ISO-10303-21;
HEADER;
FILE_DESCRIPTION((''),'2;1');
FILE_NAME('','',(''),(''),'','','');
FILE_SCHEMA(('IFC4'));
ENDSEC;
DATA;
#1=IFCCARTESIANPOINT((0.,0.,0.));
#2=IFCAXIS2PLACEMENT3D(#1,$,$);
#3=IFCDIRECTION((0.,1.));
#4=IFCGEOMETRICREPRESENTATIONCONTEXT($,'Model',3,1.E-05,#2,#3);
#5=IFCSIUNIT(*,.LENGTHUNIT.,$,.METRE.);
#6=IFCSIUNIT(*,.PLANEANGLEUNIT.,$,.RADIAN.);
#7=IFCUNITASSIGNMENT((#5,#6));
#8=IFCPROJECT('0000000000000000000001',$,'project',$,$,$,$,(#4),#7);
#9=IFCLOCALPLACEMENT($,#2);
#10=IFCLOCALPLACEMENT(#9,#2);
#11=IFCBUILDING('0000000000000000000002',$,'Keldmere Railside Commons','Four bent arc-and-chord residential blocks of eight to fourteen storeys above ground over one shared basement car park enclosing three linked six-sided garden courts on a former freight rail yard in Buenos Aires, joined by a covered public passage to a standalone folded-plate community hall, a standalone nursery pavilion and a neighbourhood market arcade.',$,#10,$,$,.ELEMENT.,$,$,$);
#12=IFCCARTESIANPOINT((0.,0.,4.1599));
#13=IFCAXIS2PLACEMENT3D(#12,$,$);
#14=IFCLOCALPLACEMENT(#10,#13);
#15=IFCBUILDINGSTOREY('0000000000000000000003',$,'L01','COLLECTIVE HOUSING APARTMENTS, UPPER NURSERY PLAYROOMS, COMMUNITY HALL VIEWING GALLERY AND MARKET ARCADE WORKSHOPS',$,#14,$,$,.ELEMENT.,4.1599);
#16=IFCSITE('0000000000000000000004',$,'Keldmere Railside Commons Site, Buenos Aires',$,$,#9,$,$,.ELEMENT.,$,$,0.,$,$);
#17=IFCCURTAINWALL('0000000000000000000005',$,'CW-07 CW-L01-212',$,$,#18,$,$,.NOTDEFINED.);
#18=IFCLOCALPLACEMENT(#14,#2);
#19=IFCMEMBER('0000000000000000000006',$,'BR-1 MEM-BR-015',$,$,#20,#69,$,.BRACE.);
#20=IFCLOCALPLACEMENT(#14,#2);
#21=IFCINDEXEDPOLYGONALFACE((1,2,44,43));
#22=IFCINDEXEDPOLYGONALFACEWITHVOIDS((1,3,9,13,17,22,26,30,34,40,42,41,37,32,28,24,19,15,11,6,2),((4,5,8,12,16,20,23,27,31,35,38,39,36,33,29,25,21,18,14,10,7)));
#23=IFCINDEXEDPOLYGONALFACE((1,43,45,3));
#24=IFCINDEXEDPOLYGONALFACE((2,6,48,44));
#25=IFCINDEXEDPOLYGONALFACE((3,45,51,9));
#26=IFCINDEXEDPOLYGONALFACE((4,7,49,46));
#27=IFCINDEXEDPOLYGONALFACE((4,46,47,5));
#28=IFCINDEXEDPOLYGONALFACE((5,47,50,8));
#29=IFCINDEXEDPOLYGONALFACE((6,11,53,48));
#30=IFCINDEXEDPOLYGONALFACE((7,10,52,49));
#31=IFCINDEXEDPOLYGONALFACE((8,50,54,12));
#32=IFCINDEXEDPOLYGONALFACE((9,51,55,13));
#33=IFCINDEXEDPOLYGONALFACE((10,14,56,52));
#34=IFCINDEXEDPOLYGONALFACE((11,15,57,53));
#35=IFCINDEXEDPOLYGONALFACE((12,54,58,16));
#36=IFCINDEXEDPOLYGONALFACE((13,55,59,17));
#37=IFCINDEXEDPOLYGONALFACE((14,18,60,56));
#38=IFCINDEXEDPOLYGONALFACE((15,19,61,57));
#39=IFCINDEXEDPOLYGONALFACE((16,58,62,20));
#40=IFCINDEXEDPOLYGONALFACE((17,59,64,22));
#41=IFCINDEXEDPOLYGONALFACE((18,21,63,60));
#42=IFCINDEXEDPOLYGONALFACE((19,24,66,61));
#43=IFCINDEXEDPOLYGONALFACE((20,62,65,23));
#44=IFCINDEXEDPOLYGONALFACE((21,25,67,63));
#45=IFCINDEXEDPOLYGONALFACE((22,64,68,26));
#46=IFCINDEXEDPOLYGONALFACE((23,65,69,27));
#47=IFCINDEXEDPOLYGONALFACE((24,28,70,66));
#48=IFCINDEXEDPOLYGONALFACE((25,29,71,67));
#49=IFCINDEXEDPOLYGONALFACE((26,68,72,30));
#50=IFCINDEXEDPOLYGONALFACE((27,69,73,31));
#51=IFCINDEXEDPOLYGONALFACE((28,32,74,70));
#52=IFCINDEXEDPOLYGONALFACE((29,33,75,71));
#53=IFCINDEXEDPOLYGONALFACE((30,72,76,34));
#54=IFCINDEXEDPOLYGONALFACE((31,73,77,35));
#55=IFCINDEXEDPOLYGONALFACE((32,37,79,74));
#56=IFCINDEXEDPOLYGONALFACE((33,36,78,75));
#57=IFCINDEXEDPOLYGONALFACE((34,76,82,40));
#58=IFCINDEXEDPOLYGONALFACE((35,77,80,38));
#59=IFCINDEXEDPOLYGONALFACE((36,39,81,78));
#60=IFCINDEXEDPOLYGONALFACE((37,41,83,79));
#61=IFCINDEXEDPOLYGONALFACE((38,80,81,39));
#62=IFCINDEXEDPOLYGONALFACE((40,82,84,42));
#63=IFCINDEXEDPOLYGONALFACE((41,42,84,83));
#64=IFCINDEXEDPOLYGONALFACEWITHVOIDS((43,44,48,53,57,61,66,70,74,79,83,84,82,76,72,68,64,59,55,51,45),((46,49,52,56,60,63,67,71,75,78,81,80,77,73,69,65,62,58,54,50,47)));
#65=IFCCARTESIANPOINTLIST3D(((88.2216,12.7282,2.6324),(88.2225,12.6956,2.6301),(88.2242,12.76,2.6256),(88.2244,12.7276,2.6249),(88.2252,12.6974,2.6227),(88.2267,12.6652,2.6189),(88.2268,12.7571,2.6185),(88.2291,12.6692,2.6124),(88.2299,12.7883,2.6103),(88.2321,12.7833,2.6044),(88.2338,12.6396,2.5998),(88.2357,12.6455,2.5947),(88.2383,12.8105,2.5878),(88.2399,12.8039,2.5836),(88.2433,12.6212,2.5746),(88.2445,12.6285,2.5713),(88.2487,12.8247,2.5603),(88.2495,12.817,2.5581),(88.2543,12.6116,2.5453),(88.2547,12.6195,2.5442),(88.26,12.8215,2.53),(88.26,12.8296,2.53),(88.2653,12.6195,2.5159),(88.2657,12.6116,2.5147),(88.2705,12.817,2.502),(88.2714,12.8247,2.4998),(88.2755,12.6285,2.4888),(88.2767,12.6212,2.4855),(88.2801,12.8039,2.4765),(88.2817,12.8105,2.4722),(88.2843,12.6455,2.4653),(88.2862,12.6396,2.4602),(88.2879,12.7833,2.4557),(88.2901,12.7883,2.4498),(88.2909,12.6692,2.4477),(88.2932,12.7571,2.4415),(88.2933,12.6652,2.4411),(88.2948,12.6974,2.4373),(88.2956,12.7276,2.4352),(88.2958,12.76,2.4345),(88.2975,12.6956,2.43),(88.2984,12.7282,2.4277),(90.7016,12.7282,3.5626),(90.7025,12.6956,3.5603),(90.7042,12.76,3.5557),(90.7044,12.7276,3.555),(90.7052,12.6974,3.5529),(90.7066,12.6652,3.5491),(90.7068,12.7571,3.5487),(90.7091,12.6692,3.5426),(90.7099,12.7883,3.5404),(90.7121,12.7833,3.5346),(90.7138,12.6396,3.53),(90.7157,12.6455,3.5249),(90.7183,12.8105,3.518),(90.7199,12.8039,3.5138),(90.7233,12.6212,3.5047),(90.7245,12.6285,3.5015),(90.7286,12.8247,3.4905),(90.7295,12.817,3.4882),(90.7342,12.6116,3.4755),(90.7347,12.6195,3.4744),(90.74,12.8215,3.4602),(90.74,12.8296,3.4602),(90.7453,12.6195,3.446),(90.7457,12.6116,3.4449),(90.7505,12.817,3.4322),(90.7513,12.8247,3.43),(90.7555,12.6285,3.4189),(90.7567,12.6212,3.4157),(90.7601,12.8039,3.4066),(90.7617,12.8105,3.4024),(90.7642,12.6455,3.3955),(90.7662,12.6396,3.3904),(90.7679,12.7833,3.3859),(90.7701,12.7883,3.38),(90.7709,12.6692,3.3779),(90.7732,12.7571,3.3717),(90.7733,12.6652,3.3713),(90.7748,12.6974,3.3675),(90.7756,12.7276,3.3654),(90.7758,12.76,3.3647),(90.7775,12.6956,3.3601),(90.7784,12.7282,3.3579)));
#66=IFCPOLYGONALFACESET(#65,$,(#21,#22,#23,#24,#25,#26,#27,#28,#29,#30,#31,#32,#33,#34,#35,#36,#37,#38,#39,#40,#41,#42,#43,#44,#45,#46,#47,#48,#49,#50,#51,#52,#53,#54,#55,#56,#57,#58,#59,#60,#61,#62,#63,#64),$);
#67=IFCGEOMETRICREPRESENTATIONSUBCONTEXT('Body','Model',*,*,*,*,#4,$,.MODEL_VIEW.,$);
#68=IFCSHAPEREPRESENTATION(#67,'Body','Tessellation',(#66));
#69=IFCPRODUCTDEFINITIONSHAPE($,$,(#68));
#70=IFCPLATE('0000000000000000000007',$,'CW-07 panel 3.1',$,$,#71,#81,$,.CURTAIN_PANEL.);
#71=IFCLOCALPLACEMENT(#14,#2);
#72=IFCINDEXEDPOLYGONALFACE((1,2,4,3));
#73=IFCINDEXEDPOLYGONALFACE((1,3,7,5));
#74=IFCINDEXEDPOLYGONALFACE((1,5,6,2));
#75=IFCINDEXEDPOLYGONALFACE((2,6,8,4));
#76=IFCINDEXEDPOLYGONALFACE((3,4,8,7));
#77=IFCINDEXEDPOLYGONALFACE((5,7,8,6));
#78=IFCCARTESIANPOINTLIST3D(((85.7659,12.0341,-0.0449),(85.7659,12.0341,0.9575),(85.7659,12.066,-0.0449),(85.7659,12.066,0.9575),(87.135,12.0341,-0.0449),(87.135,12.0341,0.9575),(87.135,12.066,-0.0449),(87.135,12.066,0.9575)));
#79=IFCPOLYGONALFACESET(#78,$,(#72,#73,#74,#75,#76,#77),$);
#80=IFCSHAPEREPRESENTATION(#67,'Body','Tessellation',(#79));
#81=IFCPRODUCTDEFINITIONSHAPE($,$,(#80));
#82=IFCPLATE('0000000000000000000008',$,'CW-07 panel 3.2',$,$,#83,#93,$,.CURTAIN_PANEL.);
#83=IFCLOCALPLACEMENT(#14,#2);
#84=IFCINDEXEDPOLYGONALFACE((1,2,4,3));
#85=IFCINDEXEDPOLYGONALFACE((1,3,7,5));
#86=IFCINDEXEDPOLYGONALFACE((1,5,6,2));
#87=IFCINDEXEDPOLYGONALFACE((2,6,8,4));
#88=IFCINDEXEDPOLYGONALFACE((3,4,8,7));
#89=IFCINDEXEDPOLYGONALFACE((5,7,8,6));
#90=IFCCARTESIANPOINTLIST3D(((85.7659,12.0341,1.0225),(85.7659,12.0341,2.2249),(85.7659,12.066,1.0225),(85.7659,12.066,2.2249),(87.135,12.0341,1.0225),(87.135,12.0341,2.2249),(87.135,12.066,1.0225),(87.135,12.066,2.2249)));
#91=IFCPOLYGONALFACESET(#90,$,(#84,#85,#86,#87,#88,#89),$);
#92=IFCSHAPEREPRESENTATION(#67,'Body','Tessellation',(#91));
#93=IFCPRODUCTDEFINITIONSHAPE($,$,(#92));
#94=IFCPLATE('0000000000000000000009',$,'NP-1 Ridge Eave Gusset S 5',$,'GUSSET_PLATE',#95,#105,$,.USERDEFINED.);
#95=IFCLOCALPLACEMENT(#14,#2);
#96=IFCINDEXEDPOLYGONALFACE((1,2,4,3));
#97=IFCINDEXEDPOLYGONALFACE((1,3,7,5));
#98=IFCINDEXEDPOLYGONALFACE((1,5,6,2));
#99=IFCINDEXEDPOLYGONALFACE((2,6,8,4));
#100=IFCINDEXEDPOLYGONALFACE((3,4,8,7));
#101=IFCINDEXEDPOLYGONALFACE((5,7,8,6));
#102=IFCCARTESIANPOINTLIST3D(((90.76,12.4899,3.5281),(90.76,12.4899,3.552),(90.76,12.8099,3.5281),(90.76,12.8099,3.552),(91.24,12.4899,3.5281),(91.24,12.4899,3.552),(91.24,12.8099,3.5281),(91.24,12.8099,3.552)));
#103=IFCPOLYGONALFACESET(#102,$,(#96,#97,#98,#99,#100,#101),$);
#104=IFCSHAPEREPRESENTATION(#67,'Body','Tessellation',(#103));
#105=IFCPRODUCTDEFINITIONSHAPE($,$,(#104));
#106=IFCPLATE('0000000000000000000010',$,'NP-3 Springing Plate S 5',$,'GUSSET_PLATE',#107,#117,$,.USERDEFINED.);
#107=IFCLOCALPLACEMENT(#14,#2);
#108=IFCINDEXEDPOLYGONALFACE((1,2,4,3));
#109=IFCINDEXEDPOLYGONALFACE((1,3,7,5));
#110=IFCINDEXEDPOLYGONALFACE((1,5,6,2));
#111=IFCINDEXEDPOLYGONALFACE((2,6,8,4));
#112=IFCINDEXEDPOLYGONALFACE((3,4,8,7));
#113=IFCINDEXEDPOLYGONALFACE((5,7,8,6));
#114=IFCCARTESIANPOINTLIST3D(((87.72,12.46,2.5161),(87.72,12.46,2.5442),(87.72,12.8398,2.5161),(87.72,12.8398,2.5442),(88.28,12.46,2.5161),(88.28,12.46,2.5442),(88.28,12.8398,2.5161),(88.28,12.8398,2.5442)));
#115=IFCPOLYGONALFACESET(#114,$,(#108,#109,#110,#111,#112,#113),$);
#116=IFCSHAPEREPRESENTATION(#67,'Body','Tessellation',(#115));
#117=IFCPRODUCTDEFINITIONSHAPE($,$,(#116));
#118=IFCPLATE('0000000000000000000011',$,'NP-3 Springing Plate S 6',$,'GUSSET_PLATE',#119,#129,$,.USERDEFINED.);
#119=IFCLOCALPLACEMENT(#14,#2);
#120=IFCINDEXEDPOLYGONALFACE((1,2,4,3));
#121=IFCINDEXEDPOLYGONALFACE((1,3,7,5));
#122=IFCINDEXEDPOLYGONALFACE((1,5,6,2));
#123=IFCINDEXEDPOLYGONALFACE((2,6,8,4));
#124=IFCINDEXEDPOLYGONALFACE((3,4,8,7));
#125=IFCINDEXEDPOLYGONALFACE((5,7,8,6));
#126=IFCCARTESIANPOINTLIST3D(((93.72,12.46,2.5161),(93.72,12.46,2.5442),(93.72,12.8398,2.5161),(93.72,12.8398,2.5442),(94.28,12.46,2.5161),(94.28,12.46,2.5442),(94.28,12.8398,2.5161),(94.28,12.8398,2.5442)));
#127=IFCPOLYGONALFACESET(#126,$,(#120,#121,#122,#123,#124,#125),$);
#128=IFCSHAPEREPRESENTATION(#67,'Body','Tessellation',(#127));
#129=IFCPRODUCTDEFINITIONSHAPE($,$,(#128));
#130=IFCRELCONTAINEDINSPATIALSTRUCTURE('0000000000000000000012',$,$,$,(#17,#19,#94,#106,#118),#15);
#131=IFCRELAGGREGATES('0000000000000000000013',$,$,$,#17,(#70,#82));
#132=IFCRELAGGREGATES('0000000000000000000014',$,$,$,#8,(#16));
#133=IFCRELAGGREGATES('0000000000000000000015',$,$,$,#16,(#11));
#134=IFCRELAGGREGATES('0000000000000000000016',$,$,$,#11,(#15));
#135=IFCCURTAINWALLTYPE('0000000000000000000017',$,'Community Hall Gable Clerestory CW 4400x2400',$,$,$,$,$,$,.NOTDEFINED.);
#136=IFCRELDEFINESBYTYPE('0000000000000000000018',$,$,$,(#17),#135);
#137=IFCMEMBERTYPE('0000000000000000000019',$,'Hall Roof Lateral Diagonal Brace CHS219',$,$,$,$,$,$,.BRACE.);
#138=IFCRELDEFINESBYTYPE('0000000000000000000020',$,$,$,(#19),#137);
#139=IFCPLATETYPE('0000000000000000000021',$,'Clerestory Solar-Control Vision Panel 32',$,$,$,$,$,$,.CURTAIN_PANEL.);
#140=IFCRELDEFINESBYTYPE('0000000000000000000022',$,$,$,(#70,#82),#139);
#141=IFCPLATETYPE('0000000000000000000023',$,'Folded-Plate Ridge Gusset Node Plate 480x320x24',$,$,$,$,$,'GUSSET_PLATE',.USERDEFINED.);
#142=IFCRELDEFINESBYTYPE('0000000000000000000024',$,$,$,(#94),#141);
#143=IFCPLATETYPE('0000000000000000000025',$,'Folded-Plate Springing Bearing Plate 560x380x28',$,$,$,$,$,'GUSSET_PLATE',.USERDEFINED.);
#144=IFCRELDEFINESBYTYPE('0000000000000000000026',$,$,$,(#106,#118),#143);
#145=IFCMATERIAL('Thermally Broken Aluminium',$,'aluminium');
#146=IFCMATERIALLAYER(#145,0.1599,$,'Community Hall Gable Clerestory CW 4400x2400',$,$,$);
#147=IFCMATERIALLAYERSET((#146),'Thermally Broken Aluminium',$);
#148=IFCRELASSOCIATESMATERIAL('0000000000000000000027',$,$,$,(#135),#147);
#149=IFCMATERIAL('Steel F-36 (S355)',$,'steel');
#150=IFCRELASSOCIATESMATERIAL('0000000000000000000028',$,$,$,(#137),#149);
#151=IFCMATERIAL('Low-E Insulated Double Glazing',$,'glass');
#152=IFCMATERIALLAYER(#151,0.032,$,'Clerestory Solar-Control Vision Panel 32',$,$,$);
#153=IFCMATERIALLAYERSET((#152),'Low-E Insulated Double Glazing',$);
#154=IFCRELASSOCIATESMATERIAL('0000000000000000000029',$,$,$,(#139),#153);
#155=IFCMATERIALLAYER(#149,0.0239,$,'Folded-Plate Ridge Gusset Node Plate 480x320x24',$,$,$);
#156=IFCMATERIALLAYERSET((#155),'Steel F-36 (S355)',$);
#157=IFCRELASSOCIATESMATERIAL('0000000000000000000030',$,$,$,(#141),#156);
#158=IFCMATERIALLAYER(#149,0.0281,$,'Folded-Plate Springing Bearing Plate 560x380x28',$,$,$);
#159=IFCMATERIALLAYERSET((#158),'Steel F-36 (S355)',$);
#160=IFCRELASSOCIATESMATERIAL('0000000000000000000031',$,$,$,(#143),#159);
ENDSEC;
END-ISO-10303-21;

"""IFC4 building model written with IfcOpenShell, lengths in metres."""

from ifc_helpers import new_model, si_unit, direction, frame, origin, origin_2d, place, context, subcontext, project, spatial, rectangle, hollow_circle, extrude, material, layer, layer_set, material_profile, profile_set, type_object, element, aggregate, save


model = new_model("IFC4")

# Units and contexts
model_context = context("Model", 3, precision=1e-05, world=origin(), true_north=direction((0.0, 1.0)))
body_context = subcontext(model_context, "Body", "Model", "MODEL_VIEW")
ifc_project = project(units=[si_unit("LENGTHUNIT", "METRE"), si_unit("PLANEANGLEUNIT", "RADIAN")], contexts=[model_context])

# Site, building, storey
site_placement = place(None, origin())
site = spatial("IfcSite", under=ifc_project, at=site_placement, Name="Keldmere Railside Commons Site, Buenos Aires", CompositionType="ELEMENT", RefElevation=0.0)
building_placement = place(site_placement, origin())
building = spatial("IfcBuilding", under=site, at=building_placement, Name="Keldmere Railside Commons", Description="Four bent arc-and-chord residential blocks of eight to fourteen storeys above ground over one shared basement car park enclosing three linked six-sided garden courts on a former freight rail yard in Buenos Aires, joined by a covered public passage to a standalone folded-plate community hall, a standalone nursery pavilion and a neighbourhood market arcade.", CompositionType="ELEMENT")
storey_placement = place(building_placement, frame((0.0, 0.0, 4.1599)))
storey = spatial("IfcBuildingStorey", under=building, at=storey_placement, Name="L01", Description="COLLECTIVE HOUSING APARTMENTS, UPPER NURSERY PLAYROOMS, COMMUNITY HALL VIEWING GALLERY AND MARKET ARCADE WORKSHOPS", CompositionType="ELEMENT", Elevation=4.1599)

# Curtain wall
ifc_material_1 = material(Name="Thermally Broken Aluminium", Category="aluminium")
ifc_layer_1 = layer(ifc_material_1, 0.1599, Name="Community Hall Gable Clerestory CW 4400x2400")
ifc_layer_set_1 = layer_set([ifc_layer_1], Name="Thermally Broken Aluminium")
curtain_wall_type = type_object("IfcCurtainWallType", Name="Community Hall Gable Clerestory CW 4400x2400", PredefinedType="NOTDEFINED", material=ifc_layer_set_1)
curtain_wall_placement = place(storey_placement, origin())
curtain_wall = element("IfcCurtainWall", 1, at=curtain_wall_placement, inside=storey, type_object=curtain_wall_type, Name="CW-07 CW-L01-212", PredefinedType="NOTDEFINED")

# Shared definitions
ifc_material_2 = material(Name="Steel F-36 (S355)", Category="steel")

# Member
ifc_material_profile_1 = material_profile(ifc_material_2, hollow_circle(Radius=0.1096, WallThickness=0.0081, at=origin_2d()), Name="CHS-219x8")
ifc_profile_set_1 = profile_set([ifc_material_profile_1], Name="Steel F-36 (S355)")
member_type_1 = type_object("IfcMemberType", Name="Hall Roof Lateral Diagonal Brace CHS219", PredefinedType="BRACE", material=ifc_profile_set_1)
member_1_placement = place(storey_placement, frame((88.26, 12.72, 2.53), z_axis=(0.936306, 0.0, 0.351184), x_axis=(0.0, 1.0, 0.0)))
element("IfcMember", 2, at=member_1_placement, inside=storey, type_object=member_type_1, Name="BR-1 MEM-BR-015", PredefinedType="BRACE", context=body_context, shape_type="SweptSolid", body=[
    extrude(hollow_circle(Radius=0.1096, WallThickness=0.0081, at=origin_2d()), origin(), (0.0, 0.0, 1.0), 2.6487),
])

# Plates
ifc_material_3 = material(Name="Low-E Insulated Double Glazing", Category="glass")
ifc_layer_2 = layer(ifc_material_3, 0.032, Name="Clerestory Solar-Control Vision Panel 32")
ifc_layer_set_2 = layer_set([ifc_layer_2], Name="Low-E Insulated Double Glazing")
plate_type_1 = type_object("IfcPlateType", Name="Clerestory Solar-Control Vision Panel 32", PredefinedType="CURTAIN_PANEL", material=ifc_layer_set_2)
plate_1_placement = place(storey_placement, frame((86.4504, 12.05, -0.0449), z_axis=(0.0, 0.0, 1.0), x_axis=(1.0, 0.0, 0.0)))
plate_1 = element("IfcPlate", 3, at=plate_1_placement, type_object=plate_type_1, Name="CW-07 panel 3.1", PredefinedType="CURTAIN_PANEL", context=body_context, shape_type="SweptSolid", body=[
    extrude(rectangle(XDim=1.3691, YDim=0.032, at=origin_2d()), origin(), (0.0, 0.0, 1.0), 1.0024),
])
plate_2_placement = place(storey_placement, frame((86.4504, 12.05, 1.0225), z_axis=(0.0, 0.0, 1.0), x_axis=(1.0, 0.0, 0.0)))
plate_2 = element("IfcPlate", 4, at=plate_2_placement, type_object=plate_type_1, Name="CW-07 panel 3.2", PredefinedType="CURTAIN_PANEL", context=body_context, shape_type="SweptSolid", body=[
    extrude(rectangle(XDim=1.3691, YDim=0.032, at=origin_2d()), origin(), (0.0, 0.0, 1.0), 1.2024),
])
aggregate(curtain_wall, [plate_1, plate_2])

# Plates
ifc_layer_3 = layer(ifc_material_2, 0.0239, Name="Folded-Plate Ridge Gusset Node Plate 480x320x24")
ifc_layer_set_3 = layer_set([ifc_layer_3], Name="Steel F-36 (S355)")
plate_type_2 = type_object("IfcPlateType", Name="Folded-Plate Ridge Gusset Node Plate 480x320x24", ElementType="GUSSET_PLATE", PredefinedType="USERDEFINED", material=ifc_layer_set_3)
plate_3_placement = place(storey_placement, frame((91.0, 12.6499, 3.5281), z_axis=(0.0, 0.0, 1.0), x_axis=(1.0, 0.0, 0.0)))
element("IfcPlate", 5, at=plate_3_placement, inside=storey, type_object=plate_type_2, Name="NP-1 Ridge Eave Gusset S 5", ObjectType="GUSSET_PLATE", PredefinedType="USERDEFINED", context=body_context, shape_type="SweptSolid", body=[
    extrude(rectangle(XDim=0.48, YDim=0.3201, at=origin_2d()), origin(), (0.0, 0.0, 1.0), 0.0239),
])
ifc_layer_4 = layer(ifc_material_2, 0.0281, Name="Folded-Plate Springing Bearing Plate 560x380x28")
ifc_layer_set_4 = layer_set([ifc_layer_4], Name="Steel F-36 (S355)")
plate_type_3 = type_object("IfcPlateType", Name="Folded-Plate Springing Bearing Plate 560x380x28", ElementType="GUSSET_PLATE", PredefinedType="USERDEFINED", material=ifc_layer_set_4)
for number, where, z_axis, x_axis, name in (
    (6, (88.0, 12.6499, 2.5161), (0.0, 0.0, 1.0), (1.0, 0.0, 0.0), "NP-3 Springing Plate S 5"),
    (7, (94.0, 12.6499, 2.5161), (0.0, 0.0, 1.0), (1.0, 0.0, 0.0), "NP-3 Springing Plate S 6"),
):
    element("IfcPlate", number, at=place(storey_placement, frame(where, z_axis=z_axis, x_axis=x_axis)), inside=storey, type_object=plate_type_3, Name=name, ObjectType="GUSSET_PLATE", PredefinedType="USERDEFINED", context=body_context, shape_type="SweptSolid", body=[
        extrude(rectangle(XDim=0.5601, YDim=0.3799, at=origin_2d()), origin(), (0.0, 0.0, 1.0), 0.0281),
    ])

save(model, "model.ifc")
